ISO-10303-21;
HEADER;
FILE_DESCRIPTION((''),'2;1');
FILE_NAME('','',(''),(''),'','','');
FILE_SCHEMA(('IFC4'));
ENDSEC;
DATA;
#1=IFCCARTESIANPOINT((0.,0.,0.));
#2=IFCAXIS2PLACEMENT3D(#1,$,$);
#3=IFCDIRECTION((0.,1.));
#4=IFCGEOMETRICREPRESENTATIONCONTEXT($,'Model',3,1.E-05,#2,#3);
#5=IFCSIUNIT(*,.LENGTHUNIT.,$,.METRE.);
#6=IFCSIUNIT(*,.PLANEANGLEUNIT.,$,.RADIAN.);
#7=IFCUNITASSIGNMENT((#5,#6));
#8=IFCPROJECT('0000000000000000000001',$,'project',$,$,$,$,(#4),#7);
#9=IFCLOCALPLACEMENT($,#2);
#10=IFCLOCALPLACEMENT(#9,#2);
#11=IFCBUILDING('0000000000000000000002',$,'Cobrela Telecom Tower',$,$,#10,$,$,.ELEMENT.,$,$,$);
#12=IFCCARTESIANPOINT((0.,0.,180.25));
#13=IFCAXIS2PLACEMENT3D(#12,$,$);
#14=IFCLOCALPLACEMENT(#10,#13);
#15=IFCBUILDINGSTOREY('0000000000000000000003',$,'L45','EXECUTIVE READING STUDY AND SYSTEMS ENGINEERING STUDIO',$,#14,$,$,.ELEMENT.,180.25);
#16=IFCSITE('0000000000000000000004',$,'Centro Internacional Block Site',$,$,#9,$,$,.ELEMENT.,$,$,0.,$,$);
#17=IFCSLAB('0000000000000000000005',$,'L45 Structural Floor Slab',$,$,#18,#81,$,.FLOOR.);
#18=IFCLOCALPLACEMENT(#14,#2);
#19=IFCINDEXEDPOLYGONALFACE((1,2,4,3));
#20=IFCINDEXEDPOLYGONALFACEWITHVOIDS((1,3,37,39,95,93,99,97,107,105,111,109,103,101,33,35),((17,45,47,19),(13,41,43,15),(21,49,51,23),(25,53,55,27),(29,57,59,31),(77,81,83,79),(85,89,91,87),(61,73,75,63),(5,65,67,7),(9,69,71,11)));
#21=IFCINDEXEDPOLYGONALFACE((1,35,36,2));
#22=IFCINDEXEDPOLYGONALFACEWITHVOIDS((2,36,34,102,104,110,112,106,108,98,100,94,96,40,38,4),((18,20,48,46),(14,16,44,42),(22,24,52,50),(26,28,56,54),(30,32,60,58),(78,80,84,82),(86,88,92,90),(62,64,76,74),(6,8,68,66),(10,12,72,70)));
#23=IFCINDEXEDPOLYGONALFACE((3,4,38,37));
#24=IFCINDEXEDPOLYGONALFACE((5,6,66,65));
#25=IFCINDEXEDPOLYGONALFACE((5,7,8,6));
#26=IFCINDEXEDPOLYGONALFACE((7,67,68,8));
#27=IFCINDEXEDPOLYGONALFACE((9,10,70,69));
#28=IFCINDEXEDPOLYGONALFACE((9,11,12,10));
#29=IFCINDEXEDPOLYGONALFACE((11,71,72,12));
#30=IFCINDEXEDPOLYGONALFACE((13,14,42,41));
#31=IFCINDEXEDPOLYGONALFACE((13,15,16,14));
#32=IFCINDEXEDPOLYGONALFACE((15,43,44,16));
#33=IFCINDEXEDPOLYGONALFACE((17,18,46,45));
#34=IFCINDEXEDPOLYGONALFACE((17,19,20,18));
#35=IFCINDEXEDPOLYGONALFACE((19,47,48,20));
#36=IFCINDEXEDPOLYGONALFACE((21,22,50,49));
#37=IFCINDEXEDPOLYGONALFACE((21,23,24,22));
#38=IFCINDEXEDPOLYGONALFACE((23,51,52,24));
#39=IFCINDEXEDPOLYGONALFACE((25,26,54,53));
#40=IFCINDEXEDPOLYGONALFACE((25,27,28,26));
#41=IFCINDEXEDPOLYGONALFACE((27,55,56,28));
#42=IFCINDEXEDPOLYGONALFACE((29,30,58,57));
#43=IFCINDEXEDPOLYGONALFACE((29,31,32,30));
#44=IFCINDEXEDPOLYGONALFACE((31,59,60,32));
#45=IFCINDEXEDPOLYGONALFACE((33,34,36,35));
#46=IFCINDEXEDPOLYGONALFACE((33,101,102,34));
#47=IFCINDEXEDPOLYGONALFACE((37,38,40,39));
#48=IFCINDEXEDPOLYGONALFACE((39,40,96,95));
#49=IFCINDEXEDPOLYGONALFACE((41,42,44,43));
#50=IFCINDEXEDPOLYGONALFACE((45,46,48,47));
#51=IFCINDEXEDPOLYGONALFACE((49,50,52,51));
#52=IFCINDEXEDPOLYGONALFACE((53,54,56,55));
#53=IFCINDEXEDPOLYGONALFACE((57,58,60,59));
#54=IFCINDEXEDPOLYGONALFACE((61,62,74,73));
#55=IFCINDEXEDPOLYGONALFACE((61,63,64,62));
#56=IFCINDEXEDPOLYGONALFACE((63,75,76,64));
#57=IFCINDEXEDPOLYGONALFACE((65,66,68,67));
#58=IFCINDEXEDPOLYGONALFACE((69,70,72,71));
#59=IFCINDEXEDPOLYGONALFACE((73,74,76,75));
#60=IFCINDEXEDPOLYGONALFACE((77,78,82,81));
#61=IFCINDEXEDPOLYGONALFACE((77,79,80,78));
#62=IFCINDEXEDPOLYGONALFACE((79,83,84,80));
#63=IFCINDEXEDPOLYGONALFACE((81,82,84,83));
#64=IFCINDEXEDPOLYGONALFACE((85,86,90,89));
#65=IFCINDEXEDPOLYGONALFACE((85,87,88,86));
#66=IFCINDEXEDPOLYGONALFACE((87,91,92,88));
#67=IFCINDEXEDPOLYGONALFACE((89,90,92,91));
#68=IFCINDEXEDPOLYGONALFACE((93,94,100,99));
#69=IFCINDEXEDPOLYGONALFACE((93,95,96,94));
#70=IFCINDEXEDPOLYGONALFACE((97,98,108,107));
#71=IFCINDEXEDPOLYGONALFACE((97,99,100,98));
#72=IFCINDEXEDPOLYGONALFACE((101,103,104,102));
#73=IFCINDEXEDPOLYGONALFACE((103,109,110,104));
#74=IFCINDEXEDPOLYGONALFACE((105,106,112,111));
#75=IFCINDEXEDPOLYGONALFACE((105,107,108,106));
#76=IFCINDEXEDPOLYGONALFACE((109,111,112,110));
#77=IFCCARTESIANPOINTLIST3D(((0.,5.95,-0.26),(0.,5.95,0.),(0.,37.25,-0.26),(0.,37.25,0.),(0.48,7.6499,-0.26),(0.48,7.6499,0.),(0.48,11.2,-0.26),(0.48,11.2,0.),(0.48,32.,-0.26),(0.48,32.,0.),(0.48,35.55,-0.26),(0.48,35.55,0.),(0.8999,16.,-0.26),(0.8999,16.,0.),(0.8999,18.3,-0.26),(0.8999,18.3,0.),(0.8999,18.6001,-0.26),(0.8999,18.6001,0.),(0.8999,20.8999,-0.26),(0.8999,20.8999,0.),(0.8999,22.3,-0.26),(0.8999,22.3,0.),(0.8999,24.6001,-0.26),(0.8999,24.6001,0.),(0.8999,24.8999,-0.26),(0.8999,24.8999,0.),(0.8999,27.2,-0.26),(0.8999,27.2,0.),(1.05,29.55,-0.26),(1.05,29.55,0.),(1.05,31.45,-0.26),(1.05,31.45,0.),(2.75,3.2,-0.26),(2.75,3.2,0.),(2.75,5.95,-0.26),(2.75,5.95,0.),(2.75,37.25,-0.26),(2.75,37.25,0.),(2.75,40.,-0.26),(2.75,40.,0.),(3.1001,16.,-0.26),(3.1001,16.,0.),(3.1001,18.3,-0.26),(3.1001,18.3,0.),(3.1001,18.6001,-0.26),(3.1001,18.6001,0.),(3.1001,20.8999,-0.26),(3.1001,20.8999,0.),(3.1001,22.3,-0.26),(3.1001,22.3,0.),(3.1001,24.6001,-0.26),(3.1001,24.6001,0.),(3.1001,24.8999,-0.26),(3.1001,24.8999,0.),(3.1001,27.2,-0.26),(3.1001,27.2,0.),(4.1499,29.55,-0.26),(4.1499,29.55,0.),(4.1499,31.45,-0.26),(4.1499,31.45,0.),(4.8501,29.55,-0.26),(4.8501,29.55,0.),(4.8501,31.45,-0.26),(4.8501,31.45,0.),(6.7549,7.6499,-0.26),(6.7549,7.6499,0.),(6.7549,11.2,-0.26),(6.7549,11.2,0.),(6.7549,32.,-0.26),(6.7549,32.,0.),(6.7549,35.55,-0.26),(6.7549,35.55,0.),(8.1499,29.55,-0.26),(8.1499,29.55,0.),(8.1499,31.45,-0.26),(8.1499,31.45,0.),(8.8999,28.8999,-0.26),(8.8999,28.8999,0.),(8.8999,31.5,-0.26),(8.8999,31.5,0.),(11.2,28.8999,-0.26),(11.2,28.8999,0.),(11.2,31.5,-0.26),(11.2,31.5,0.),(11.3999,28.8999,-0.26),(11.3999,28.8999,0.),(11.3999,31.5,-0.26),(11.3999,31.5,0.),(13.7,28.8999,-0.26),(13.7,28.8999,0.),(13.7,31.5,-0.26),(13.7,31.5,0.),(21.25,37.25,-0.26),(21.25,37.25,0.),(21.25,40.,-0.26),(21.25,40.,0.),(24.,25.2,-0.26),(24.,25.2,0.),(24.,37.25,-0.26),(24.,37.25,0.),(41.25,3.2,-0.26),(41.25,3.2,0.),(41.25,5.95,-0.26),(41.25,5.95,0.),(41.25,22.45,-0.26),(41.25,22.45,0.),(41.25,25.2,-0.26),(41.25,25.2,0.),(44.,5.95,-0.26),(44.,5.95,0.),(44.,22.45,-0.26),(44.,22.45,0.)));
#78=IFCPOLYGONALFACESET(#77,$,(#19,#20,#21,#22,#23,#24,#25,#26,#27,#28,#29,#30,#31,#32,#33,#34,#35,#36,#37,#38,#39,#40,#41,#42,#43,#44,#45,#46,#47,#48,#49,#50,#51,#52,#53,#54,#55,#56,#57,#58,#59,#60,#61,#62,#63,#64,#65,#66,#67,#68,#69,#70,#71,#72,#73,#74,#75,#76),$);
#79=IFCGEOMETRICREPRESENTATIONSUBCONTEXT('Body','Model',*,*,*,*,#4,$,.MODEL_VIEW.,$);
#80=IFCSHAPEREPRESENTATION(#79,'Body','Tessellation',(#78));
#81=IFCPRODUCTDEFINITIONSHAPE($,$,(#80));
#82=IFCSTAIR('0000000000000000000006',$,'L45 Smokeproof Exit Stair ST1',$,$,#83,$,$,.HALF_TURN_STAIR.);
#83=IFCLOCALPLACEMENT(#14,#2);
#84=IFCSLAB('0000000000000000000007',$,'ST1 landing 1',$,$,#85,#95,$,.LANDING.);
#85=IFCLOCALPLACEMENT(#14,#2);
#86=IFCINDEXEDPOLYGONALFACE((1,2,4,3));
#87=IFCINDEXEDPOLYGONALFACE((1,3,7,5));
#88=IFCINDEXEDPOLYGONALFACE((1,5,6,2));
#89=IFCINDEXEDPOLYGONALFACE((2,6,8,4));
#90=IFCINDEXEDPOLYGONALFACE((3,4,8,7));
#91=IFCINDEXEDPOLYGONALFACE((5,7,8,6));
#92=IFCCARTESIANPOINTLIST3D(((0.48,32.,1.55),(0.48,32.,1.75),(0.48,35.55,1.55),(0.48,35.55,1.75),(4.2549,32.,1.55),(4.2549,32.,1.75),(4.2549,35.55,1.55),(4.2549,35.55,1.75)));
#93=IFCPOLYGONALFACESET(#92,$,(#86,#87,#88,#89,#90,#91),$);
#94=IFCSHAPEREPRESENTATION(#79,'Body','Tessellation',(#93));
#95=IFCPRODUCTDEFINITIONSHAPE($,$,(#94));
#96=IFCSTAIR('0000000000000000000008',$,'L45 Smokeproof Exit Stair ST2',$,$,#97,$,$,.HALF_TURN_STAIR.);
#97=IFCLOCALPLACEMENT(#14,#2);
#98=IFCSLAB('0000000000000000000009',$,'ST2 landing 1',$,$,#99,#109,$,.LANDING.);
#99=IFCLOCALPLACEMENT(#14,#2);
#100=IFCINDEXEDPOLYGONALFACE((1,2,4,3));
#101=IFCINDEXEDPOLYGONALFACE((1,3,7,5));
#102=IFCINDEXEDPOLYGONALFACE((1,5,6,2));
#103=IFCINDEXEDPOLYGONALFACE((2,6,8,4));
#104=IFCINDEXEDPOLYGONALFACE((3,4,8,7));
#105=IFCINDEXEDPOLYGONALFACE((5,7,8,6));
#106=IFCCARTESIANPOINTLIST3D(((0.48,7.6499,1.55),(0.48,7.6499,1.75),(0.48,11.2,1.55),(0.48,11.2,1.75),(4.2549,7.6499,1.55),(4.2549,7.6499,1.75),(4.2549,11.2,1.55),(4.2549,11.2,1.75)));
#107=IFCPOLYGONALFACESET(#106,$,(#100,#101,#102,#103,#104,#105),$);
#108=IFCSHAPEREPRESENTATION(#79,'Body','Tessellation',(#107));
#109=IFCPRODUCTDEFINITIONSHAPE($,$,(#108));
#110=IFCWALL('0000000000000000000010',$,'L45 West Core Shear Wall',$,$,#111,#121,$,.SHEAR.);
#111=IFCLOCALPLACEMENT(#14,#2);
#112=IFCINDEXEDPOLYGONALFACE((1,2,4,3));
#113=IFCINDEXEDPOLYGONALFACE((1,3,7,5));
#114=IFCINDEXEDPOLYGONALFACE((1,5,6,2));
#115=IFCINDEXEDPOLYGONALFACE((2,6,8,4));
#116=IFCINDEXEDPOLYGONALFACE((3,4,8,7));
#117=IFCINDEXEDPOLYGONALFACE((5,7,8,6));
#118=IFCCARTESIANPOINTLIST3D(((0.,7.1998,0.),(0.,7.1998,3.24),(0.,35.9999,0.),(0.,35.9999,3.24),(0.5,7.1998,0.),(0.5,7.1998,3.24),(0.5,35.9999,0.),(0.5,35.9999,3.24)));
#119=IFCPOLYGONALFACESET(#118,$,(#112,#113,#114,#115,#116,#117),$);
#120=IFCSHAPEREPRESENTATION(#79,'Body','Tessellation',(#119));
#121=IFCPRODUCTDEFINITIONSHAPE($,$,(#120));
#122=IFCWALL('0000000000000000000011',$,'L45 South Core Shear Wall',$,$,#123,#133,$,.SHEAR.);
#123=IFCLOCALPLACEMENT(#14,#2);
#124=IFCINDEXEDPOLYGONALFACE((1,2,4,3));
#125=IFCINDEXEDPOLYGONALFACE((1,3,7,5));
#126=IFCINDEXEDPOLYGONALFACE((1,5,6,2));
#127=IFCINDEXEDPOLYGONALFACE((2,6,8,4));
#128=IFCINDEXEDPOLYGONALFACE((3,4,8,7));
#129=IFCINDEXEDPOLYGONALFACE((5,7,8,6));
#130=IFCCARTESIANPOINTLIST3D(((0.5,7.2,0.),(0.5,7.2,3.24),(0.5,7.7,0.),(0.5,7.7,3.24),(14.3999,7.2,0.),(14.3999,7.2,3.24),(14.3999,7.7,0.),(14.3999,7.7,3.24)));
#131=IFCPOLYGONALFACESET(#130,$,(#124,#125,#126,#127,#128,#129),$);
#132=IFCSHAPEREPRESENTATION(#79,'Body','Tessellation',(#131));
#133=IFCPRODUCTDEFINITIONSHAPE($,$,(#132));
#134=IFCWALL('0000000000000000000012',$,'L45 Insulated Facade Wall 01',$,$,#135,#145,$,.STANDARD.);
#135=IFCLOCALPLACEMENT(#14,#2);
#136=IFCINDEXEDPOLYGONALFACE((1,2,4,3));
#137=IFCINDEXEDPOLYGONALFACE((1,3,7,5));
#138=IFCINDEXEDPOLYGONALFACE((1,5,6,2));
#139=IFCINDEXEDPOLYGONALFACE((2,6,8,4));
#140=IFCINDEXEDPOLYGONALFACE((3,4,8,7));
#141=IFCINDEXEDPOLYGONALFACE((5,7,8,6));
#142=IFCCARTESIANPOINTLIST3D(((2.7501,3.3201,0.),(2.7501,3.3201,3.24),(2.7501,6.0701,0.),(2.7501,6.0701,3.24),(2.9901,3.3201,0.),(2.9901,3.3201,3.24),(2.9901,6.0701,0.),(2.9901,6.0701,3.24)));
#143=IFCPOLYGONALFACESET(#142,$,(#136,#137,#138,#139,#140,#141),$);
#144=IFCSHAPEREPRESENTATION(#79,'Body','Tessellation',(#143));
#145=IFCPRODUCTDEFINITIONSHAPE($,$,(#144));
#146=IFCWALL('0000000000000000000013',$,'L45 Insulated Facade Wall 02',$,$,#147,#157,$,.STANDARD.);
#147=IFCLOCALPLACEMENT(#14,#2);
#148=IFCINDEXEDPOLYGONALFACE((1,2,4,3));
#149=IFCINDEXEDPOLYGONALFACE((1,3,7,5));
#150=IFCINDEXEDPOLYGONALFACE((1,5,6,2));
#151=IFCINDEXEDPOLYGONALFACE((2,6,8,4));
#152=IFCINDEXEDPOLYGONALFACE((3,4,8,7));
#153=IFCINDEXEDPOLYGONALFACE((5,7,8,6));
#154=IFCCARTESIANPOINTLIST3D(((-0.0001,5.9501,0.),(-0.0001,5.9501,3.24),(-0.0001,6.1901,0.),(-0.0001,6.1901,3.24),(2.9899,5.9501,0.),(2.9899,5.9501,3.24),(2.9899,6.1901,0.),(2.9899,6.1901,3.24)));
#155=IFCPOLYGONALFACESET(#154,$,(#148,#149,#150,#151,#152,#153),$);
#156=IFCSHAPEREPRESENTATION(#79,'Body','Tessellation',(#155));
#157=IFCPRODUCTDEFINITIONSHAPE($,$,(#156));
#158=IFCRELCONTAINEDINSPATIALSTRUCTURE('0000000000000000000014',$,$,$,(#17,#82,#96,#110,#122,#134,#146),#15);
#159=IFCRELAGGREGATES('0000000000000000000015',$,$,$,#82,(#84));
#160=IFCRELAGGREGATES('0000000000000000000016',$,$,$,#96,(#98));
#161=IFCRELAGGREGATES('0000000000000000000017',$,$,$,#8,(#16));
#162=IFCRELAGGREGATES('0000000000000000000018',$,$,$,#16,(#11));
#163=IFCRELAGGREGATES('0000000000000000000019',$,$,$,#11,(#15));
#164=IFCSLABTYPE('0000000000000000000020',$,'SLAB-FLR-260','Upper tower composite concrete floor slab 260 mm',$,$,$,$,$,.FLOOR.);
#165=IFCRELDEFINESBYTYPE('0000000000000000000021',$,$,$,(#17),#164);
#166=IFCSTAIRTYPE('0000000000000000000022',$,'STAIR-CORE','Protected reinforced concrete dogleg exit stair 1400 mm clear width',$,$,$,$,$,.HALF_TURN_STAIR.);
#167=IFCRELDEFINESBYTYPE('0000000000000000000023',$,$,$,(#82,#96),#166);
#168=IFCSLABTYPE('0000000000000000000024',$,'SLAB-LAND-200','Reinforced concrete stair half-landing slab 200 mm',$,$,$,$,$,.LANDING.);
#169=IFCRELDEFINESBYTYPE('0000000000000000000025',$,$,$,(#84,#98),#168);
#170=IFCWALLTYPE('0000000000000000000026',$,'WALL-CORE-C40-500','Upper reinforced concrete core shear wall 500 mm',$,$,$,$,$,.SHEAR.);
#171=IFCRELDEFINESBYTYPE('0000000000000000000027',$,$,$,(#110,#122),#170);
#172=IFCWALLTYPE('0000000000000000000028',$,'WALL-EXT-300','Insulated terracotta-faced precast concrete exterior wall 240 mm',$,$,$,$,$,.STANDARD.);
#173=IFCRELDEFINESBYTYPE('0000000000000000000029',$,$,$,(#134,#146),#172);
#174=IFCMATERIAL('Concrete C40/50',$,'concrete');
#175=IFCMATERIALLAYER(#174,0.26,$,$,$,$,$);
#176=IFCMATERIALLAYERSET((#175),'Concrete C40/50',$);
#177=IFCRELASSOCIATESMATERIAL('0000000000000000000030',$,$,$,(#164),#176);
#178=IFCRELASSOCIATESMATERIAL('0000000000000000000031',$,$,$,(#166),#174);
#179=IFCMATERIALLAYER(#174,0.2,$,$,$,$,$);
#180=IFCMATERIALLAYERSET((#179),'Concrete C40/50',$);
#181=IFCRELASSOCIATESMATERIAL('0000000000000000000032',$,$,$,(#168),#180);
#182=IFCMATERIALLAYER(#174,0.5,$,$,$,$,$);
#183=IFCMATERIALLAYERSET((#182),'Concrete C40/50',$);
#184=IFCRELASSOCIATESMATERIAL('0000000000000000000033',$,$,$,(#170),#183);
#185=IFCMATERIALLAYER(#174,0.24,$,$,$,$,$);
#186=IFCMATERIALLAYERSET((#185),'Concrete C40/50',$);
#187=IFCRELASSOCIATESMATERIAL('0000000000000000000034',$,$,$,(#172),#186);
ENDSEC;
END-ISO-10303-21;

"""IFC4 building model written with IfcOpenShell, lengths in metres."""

from ifc_helpers import new_model, si_unit, direction, frame, frame_2d, origin, place, context, subcontext, project, spatial, polyline, rectangle, outline, extrude, material, layer, layer_set, type_object, element, aggregate, save


model = new_model("IFC4")

# Units and contexts
model_context = context("Model", 3, precision=1e-05, world=origin(), true_north=direction((0.0, 1.0)))
body_context = subcontext(model_context, "Body", "Model", "MODEL_VIEW")
ifc_project = project(units=[si_unit("LENGTHUNIT", "METRE"), si_unit("PLANEANGLEUNIT", "RADIAN")], contexts=[model_context])

# Site, building, storey
site_placement = place(None, origin())
site = spatial("IfcSite", under=ifc_project, at=site_placement, Name="Centro Internacional Block Site", CompositionType="ELEMENT", RefElevation=0.0)
building_placement = place(site_placement, origin())
building = spatial("IfcBuilding", under=site, at=building_placement, Name="Cobrela Telecom Tower", CompositionType="ELEMENT")
storey_placement = place(building_placement, frame((0.0, 0.0, 180.25)))
storey = spatial("IfcBuildingStorey", under=building, at=storey_placement, Name="L45", Description="EXECUTIVE READING STUDY AND SYSTEMS ENGINEERING STUDIO", CompositionType="ELEMENT", Elevation=180.25)

# Slab, openings
ifc_material_1 = material(Name="Concrete C40/50", Category="concrete")
ifc_layer_1 = layer(ifc_material_1, 0.26)
ifc_layer_set_1 = layer_set([ifc_layer_1], Name="Concrete C40/50")
slab_type_1 = type_object("IfcSlabType", Name="SLAB-FLR-260", Description="Upper tower composite concrete floor slab 260 mm", PredefinedType="FLOOR", material=ifc_layer_set_1)
slab_1_placement = place(storey_placement, frame((0.0, 0.0, -0.26)))
slab_1 = element("IfcSlab", 1, at=slab_1_placement, inside=storey, type_object=slab_type_1, Name="L45 Structural Floor Slab", PredefinedType="FLOOR", context=body_context, shape_type="SweptSolid", body=[
    extrude(outline(polyline([(2.75, 3.2), (41.25, 3.2), (41.25, 5.95), (44.0, 5.95), (44.0, 22.45), (41.25, 22.45), (41.25, 25.2), (24.0, 25.2), (24.0, 37.25), (21.25, 37.25), (21.25, 40.0), (2.75, 40.0), (2.75, 37.25), (0.0, 37.25), (0.0, 5.95), (2.75, 5.95), (2.75, 3.2)])), origin(), (0.0, 0.0, 1.0), 0.26),
])
opening_1_placement = place(slab_1_placement, frame((0.0, 0.0, -0.02)))
element("IfcOpeningElement", 2, at=opening_1_placement, cuts=slab_1, PredefinedType="OPENING", context=body_context, shape_type="SweptSolid", body=[
    extrude(outline(polyline([(8.8999, 28.8999), (11.2, 28.8999), (11.2, 31.5), (8.8999, 31.5), (8.8999, 28.8999)])), origin(), (0.0, 0.0, 1.0), 0.3),
])
opening_2_placement = place(slab_1_placement, frame((0.0, 0.0, -0.02)))
element("IfcOpeningElement", 3, at=opening_2_placement, cuts=slab_1, PredefinedType="OPENING", context=body_context, shape_type="SweptSolid", body=[
    extrude(outline(polyline([(11.3999, 28.8999), (13.7, 28.8999), (13.7, 31.5), (11.3999, 31.5), (11.3999, 28.8999)])), origin(), (0.0, 0.0, 1.0), 0.3),
])
opening_3_placement = place(slab_1_placement, frame((0.0, 0.0, -0.02)))
element("IfcOpeningElement", 4, at=opening_3_placement, cuts=slab_1, PredefinedType="OPENING", context=body_context, shape_type="SweptSolid", body=[
    extrude(outline(polyline([(0.8999, 16.0), (3.1001, 16.0), (3.1001, 18.3), (0.8999, 18.3), (0.8999, 16.0)])), origin(), (0.0, 0.0, 1.0), 0.3),
])
opening_4_placement = place(slab_1_placement, frame((0.0, 0.0, -0.02)))
element("IfcOpeningElement", 5, at=opening_4_placement, cuts=slab_1, PredefinedType="OPENING", context=body_context, shape_type="SweptSolid", body=[
    extrude(outline(polyline([(0.8999, 18.6001), (3.1001, 18.6001), (3.1001, 20.8999), (0.8999, 20.8999), (0.8999, 18.6001)])), origin(), (0.0, 0.0, 1.0), 0.3),
])
opening_5_placement = place(slab_1_placement, frame((0.0, 0.0, -0.02)))
element("IfcOpeningElement", 6, at=opening_5_placement, cuts=slab_1, PredefinedType="OPENING", context=body_context, shape_type="SweptSolid", body=[
    extrude(outline(polyline([(0.8999, 22.3), (3.1001, 22.3), (3.1001, 24.6001), (0.8999, 24.6001), (0.8999, 22.3)])), origin(), (0.0, 0.0, 1.0), 0.3),
])
opening_6_placement = place(slab_1_placement, frame((0.0, 0.0, -0.02)))
element("IfcOpeningElement", 7, at=opening_6_placement, cuts=slab_1, PredefinedType="OPENING", context=body_context, shape_type="SweptSolid", body=[
    extrude(outline(polyline([(0.8999, 24.8999), (3.1001, 24.8999), (3.1001, 27.2), (0.8999, 27.2), (0.8999, 24.8999)])), origin(), (0.0, 0.0, 1.0), 0.3),
])
opening_7_placement = place(slab_1_placement, frame((0.0, 0.0, -0.02)))
element("IfcOpeningElement", 8, at=opening_7_placement, cuts=slab_1, PredefinedType="OPENING", context=body_context, shape_type="SweptSolid", body=[
    extrude(outline(polyline([(1.05, 29.55), (4.1499, 29.55), (4.1499, 31.45), (1.05, 31.45), (1.05, 29.55)])), origin(), (0.0, 0.0, 1.0), 0.3),
])
opening_8_placement = place(slab_1_placement, frame((0.0, 0.0, -0.02)))
element("IfcOpeningElement", 9, at=opening_8_placement, cuts=slab_1, PredefinedType="OPENING", context=body_context, shape_type="SweptSolid", body=[
    extrude(outline(polyline([(4.8501, 29.55), (8.1499, 29.55), (8.1499, 31.45), (4.8501, 31.45), (4.8501, 29.55)])), origin(), (0.0, 0.0, 1.0), 0.3),
])
opening_9_placement = place(slab_1_placement, frame((0.0, 0.0, -0.02)))
element("IfcOpeningElement", 10, at=opening_9_placement, cuts=slab_1, PredefinedType="OPENING", context=body_context, shape_type="SweptSolid", body=[
    extrude(outline(polyline([(6.7549, 35.55), (0.48, 35.55), (0.48, 32.0), (6.7549, 32.0), (6.7549, 35.55)])), origin(), (0.0, 0.0, 1.0), 0.3),
])
opening_10_placement = place(slab_1_placement, frame((0.0, 0.0, -0.02)))
element("IfcOpeningElement", 11, at=opening_10_placement, cuts=slab_1, PredefinedType="OPENING", context=body_context, shape_type="SweptSolid", body=[
    extrude(outline(polyline([(6.7549, 11.2), (0.48, 11.2), (0.48, 7.6499), (6.7549, 7.6499), (6.7549, 11.2)])), origin(), (0.0, 0.0, 1.0), 0.3),
])

# Stairs, slabs
stair_type = type_object("IfcStairType", Name="STAIR-CORE", Description="Protected reinforced concrete dogleg exit stair 1400 mm clear width", PredefinedType="HALF_TURN_STAIR", material=ifc_material_1)
stair_1_placement = place(storey_placement, origin())
stair_1 = element("IfcStair", 12, at=stair_1_placement, inside=storey, type_object=stair_type, Name="L45 Smokeproof Exit Stair ST1", PredefinedType="HALF_TURN_STAIR")
ifc_layer_2 = layer(ifc_material_1, 0.2)
ifc_layer_set_2 = layer_set([ifc_layer_2], Name="Concrete C40/50")
slab_type_2 = type_object("IfcSlabType", Name="SLAB-LAND-200", Description="Reinforced concrete stair half-landing slab 200 mm", PredefinedType="LANDING", material=ifc_layer_set_2)
slab_2_placement = place(storey_placement, frame((0.0, 0.0, 1.55)))
slab_2 = element("IfcSlab", 13, at=slab_2_placement, type_object=slab_type_2, Name="ST1 landing 1", PredefinedType="LANDING", context=body_context, shape_type="SweptSolid", body=[
    extrude(outline(polyline([(4.2549, 35.55), (0.48, 35.55), (0.48, 32.0), (4.2549, 32.0), (4.2549, 35.55)])), origin(), (0.0, 0.0, 1.0), 0.2),
])
aggregate(stair_1, [slab_2])
stair_2_placement = place(storey_placement, origin())
stair_2 = element("IfcStair", 14, at=stair_2_placement, inside=storey, type_object=stair_type, Name="L45 Smokeproof Exit Stair ST2", PredefinedType="HALF_TURN_STAIR")
slab_3_placement = place(storey_placement, frame((0.0, 0.0, 1.55)))
slab_3 = element("IfcSlab", 15, at=slab_3_placement, type_object=slab_type_2, Name="ST2 landing 1", PredefinedType="LANDING", context=body_context, shape_type="SweptSolid", body=[
    extrude(outline(polyline([(4.2549, 11.2), (0.48, 11.2), (0.48, 7.6499), (4.2549, 7.6499), (4.2549, 11.2)])), origin(), (0.0, 0.0, 1.0), 0.2),
])

# Walls
ifc_layer_3 = layer(ifc_material_1, 0.5)
ifc_layer_set_3 = layer_set([ifc_layer_3], Name="Concrete C40/50")
wall_type_1 = type_object("IfcWallType", Name="WALL-CORE-C40-500", Description="Upper reinforced concrete core shear wall 500 mm", PredefinedType="SHEAR", material=ifc_layer_set_3)
wall_1_placement = place(storey_placement, frame((0.25, 7.2, 0.0), z_axis=(0.0, 0.0, 1.0), x_axis=(0.0, 1.0, 0.0)))
element("IfcWall", 16, at=wall_1_placement, inside=storey, type_object=wall_type_1, Name="L45 West Core Shear Wall", PredefinedType="SHEAR", context=body_context, shape_type="SweptSolid", body=[
    extrude(rectangle(XDim=28.8, YDim=0.5, at=frame_2d((14.3999, 0.0))), origin(), (0.0, 0.0, 1.0), 3.24),
])
wall_2_placement = place(storey_placement, frame((0.5, 7.45, 0.0), z_axis=(0.0, 0.0, 1.0), x_axis=(1.0, 0.0, 0.0)))
element("IfcWall", 17, at=wall_2_placement, inside=storey, type_object=wall_type_1, Name="L45 South Core Shear Wall", PredefinedType="SHEAR", context=body_context, shape_type="SweptSolid", body=[
    extrude(rectangle(XDim=13.8999, YDim=0.5, at=frame_2d((6.95, 0.0))), origin(), (0.0, 0.0, 1.0), 3.24),
])
ifc_layer_4 = layer(ifc_material_1, 0.24)
ifc_layer_set_4 = layer_set([ifc_layer_4], Name="Concrete C40/50")
wall_type_2 = type_object("IfcWallType", Name="WALL-EXT-300", Description="Insulated terracotta-faced precast concrete exterior wall 240 mm", PredefinedType="STANDARD", material=ifc_layer_set_4)
wall_3_placement = place(storey_placement, frame((2.8701, 3.3201, 0.0), z_axis=(0.0, 0.0, 1.0), x_axis=(0.0, 1.0, 0.0)))
element("IfcWall", 18, at=wall_3_placement, inside=storey, type_object=wall_type_2, Name="L45 Insulated Facade Wall 01", PredefinedType="STANDARD", context=body_context, shape_type="SweptSolid", body=[
    extrude(rectangle(XDim=2.75, YDim=0.24, at=frame_2d((1.375, 0.0))), origin(), (0.0, 0.0, 1.0), 3.24),
])
wall_4_placement = place(storey_placement, frame((2.99, 6.0701, 0.0), z_axis=(0.0, 0.0, 1.0), x_axis=(-1.0, 0.0, 0.0)))
element("IfcWall", 19, at=wall_4_placement, inside=storey, type_object=wall_type_2, Name="L45 Insulated Facade Wall 02", PredefinedType="STANDARD", context=body_context, shape_type="SweptSolid", body=[
    extrude(rectangle(XDim=2.99, YDim=0.24, at=frame_2d((1.4951, 0.0))), origin(), (0.0, 0.0, 1.0), 3.24),
])

aggregate(stair_2, [slab_3])

save(model, "model.ifc")
